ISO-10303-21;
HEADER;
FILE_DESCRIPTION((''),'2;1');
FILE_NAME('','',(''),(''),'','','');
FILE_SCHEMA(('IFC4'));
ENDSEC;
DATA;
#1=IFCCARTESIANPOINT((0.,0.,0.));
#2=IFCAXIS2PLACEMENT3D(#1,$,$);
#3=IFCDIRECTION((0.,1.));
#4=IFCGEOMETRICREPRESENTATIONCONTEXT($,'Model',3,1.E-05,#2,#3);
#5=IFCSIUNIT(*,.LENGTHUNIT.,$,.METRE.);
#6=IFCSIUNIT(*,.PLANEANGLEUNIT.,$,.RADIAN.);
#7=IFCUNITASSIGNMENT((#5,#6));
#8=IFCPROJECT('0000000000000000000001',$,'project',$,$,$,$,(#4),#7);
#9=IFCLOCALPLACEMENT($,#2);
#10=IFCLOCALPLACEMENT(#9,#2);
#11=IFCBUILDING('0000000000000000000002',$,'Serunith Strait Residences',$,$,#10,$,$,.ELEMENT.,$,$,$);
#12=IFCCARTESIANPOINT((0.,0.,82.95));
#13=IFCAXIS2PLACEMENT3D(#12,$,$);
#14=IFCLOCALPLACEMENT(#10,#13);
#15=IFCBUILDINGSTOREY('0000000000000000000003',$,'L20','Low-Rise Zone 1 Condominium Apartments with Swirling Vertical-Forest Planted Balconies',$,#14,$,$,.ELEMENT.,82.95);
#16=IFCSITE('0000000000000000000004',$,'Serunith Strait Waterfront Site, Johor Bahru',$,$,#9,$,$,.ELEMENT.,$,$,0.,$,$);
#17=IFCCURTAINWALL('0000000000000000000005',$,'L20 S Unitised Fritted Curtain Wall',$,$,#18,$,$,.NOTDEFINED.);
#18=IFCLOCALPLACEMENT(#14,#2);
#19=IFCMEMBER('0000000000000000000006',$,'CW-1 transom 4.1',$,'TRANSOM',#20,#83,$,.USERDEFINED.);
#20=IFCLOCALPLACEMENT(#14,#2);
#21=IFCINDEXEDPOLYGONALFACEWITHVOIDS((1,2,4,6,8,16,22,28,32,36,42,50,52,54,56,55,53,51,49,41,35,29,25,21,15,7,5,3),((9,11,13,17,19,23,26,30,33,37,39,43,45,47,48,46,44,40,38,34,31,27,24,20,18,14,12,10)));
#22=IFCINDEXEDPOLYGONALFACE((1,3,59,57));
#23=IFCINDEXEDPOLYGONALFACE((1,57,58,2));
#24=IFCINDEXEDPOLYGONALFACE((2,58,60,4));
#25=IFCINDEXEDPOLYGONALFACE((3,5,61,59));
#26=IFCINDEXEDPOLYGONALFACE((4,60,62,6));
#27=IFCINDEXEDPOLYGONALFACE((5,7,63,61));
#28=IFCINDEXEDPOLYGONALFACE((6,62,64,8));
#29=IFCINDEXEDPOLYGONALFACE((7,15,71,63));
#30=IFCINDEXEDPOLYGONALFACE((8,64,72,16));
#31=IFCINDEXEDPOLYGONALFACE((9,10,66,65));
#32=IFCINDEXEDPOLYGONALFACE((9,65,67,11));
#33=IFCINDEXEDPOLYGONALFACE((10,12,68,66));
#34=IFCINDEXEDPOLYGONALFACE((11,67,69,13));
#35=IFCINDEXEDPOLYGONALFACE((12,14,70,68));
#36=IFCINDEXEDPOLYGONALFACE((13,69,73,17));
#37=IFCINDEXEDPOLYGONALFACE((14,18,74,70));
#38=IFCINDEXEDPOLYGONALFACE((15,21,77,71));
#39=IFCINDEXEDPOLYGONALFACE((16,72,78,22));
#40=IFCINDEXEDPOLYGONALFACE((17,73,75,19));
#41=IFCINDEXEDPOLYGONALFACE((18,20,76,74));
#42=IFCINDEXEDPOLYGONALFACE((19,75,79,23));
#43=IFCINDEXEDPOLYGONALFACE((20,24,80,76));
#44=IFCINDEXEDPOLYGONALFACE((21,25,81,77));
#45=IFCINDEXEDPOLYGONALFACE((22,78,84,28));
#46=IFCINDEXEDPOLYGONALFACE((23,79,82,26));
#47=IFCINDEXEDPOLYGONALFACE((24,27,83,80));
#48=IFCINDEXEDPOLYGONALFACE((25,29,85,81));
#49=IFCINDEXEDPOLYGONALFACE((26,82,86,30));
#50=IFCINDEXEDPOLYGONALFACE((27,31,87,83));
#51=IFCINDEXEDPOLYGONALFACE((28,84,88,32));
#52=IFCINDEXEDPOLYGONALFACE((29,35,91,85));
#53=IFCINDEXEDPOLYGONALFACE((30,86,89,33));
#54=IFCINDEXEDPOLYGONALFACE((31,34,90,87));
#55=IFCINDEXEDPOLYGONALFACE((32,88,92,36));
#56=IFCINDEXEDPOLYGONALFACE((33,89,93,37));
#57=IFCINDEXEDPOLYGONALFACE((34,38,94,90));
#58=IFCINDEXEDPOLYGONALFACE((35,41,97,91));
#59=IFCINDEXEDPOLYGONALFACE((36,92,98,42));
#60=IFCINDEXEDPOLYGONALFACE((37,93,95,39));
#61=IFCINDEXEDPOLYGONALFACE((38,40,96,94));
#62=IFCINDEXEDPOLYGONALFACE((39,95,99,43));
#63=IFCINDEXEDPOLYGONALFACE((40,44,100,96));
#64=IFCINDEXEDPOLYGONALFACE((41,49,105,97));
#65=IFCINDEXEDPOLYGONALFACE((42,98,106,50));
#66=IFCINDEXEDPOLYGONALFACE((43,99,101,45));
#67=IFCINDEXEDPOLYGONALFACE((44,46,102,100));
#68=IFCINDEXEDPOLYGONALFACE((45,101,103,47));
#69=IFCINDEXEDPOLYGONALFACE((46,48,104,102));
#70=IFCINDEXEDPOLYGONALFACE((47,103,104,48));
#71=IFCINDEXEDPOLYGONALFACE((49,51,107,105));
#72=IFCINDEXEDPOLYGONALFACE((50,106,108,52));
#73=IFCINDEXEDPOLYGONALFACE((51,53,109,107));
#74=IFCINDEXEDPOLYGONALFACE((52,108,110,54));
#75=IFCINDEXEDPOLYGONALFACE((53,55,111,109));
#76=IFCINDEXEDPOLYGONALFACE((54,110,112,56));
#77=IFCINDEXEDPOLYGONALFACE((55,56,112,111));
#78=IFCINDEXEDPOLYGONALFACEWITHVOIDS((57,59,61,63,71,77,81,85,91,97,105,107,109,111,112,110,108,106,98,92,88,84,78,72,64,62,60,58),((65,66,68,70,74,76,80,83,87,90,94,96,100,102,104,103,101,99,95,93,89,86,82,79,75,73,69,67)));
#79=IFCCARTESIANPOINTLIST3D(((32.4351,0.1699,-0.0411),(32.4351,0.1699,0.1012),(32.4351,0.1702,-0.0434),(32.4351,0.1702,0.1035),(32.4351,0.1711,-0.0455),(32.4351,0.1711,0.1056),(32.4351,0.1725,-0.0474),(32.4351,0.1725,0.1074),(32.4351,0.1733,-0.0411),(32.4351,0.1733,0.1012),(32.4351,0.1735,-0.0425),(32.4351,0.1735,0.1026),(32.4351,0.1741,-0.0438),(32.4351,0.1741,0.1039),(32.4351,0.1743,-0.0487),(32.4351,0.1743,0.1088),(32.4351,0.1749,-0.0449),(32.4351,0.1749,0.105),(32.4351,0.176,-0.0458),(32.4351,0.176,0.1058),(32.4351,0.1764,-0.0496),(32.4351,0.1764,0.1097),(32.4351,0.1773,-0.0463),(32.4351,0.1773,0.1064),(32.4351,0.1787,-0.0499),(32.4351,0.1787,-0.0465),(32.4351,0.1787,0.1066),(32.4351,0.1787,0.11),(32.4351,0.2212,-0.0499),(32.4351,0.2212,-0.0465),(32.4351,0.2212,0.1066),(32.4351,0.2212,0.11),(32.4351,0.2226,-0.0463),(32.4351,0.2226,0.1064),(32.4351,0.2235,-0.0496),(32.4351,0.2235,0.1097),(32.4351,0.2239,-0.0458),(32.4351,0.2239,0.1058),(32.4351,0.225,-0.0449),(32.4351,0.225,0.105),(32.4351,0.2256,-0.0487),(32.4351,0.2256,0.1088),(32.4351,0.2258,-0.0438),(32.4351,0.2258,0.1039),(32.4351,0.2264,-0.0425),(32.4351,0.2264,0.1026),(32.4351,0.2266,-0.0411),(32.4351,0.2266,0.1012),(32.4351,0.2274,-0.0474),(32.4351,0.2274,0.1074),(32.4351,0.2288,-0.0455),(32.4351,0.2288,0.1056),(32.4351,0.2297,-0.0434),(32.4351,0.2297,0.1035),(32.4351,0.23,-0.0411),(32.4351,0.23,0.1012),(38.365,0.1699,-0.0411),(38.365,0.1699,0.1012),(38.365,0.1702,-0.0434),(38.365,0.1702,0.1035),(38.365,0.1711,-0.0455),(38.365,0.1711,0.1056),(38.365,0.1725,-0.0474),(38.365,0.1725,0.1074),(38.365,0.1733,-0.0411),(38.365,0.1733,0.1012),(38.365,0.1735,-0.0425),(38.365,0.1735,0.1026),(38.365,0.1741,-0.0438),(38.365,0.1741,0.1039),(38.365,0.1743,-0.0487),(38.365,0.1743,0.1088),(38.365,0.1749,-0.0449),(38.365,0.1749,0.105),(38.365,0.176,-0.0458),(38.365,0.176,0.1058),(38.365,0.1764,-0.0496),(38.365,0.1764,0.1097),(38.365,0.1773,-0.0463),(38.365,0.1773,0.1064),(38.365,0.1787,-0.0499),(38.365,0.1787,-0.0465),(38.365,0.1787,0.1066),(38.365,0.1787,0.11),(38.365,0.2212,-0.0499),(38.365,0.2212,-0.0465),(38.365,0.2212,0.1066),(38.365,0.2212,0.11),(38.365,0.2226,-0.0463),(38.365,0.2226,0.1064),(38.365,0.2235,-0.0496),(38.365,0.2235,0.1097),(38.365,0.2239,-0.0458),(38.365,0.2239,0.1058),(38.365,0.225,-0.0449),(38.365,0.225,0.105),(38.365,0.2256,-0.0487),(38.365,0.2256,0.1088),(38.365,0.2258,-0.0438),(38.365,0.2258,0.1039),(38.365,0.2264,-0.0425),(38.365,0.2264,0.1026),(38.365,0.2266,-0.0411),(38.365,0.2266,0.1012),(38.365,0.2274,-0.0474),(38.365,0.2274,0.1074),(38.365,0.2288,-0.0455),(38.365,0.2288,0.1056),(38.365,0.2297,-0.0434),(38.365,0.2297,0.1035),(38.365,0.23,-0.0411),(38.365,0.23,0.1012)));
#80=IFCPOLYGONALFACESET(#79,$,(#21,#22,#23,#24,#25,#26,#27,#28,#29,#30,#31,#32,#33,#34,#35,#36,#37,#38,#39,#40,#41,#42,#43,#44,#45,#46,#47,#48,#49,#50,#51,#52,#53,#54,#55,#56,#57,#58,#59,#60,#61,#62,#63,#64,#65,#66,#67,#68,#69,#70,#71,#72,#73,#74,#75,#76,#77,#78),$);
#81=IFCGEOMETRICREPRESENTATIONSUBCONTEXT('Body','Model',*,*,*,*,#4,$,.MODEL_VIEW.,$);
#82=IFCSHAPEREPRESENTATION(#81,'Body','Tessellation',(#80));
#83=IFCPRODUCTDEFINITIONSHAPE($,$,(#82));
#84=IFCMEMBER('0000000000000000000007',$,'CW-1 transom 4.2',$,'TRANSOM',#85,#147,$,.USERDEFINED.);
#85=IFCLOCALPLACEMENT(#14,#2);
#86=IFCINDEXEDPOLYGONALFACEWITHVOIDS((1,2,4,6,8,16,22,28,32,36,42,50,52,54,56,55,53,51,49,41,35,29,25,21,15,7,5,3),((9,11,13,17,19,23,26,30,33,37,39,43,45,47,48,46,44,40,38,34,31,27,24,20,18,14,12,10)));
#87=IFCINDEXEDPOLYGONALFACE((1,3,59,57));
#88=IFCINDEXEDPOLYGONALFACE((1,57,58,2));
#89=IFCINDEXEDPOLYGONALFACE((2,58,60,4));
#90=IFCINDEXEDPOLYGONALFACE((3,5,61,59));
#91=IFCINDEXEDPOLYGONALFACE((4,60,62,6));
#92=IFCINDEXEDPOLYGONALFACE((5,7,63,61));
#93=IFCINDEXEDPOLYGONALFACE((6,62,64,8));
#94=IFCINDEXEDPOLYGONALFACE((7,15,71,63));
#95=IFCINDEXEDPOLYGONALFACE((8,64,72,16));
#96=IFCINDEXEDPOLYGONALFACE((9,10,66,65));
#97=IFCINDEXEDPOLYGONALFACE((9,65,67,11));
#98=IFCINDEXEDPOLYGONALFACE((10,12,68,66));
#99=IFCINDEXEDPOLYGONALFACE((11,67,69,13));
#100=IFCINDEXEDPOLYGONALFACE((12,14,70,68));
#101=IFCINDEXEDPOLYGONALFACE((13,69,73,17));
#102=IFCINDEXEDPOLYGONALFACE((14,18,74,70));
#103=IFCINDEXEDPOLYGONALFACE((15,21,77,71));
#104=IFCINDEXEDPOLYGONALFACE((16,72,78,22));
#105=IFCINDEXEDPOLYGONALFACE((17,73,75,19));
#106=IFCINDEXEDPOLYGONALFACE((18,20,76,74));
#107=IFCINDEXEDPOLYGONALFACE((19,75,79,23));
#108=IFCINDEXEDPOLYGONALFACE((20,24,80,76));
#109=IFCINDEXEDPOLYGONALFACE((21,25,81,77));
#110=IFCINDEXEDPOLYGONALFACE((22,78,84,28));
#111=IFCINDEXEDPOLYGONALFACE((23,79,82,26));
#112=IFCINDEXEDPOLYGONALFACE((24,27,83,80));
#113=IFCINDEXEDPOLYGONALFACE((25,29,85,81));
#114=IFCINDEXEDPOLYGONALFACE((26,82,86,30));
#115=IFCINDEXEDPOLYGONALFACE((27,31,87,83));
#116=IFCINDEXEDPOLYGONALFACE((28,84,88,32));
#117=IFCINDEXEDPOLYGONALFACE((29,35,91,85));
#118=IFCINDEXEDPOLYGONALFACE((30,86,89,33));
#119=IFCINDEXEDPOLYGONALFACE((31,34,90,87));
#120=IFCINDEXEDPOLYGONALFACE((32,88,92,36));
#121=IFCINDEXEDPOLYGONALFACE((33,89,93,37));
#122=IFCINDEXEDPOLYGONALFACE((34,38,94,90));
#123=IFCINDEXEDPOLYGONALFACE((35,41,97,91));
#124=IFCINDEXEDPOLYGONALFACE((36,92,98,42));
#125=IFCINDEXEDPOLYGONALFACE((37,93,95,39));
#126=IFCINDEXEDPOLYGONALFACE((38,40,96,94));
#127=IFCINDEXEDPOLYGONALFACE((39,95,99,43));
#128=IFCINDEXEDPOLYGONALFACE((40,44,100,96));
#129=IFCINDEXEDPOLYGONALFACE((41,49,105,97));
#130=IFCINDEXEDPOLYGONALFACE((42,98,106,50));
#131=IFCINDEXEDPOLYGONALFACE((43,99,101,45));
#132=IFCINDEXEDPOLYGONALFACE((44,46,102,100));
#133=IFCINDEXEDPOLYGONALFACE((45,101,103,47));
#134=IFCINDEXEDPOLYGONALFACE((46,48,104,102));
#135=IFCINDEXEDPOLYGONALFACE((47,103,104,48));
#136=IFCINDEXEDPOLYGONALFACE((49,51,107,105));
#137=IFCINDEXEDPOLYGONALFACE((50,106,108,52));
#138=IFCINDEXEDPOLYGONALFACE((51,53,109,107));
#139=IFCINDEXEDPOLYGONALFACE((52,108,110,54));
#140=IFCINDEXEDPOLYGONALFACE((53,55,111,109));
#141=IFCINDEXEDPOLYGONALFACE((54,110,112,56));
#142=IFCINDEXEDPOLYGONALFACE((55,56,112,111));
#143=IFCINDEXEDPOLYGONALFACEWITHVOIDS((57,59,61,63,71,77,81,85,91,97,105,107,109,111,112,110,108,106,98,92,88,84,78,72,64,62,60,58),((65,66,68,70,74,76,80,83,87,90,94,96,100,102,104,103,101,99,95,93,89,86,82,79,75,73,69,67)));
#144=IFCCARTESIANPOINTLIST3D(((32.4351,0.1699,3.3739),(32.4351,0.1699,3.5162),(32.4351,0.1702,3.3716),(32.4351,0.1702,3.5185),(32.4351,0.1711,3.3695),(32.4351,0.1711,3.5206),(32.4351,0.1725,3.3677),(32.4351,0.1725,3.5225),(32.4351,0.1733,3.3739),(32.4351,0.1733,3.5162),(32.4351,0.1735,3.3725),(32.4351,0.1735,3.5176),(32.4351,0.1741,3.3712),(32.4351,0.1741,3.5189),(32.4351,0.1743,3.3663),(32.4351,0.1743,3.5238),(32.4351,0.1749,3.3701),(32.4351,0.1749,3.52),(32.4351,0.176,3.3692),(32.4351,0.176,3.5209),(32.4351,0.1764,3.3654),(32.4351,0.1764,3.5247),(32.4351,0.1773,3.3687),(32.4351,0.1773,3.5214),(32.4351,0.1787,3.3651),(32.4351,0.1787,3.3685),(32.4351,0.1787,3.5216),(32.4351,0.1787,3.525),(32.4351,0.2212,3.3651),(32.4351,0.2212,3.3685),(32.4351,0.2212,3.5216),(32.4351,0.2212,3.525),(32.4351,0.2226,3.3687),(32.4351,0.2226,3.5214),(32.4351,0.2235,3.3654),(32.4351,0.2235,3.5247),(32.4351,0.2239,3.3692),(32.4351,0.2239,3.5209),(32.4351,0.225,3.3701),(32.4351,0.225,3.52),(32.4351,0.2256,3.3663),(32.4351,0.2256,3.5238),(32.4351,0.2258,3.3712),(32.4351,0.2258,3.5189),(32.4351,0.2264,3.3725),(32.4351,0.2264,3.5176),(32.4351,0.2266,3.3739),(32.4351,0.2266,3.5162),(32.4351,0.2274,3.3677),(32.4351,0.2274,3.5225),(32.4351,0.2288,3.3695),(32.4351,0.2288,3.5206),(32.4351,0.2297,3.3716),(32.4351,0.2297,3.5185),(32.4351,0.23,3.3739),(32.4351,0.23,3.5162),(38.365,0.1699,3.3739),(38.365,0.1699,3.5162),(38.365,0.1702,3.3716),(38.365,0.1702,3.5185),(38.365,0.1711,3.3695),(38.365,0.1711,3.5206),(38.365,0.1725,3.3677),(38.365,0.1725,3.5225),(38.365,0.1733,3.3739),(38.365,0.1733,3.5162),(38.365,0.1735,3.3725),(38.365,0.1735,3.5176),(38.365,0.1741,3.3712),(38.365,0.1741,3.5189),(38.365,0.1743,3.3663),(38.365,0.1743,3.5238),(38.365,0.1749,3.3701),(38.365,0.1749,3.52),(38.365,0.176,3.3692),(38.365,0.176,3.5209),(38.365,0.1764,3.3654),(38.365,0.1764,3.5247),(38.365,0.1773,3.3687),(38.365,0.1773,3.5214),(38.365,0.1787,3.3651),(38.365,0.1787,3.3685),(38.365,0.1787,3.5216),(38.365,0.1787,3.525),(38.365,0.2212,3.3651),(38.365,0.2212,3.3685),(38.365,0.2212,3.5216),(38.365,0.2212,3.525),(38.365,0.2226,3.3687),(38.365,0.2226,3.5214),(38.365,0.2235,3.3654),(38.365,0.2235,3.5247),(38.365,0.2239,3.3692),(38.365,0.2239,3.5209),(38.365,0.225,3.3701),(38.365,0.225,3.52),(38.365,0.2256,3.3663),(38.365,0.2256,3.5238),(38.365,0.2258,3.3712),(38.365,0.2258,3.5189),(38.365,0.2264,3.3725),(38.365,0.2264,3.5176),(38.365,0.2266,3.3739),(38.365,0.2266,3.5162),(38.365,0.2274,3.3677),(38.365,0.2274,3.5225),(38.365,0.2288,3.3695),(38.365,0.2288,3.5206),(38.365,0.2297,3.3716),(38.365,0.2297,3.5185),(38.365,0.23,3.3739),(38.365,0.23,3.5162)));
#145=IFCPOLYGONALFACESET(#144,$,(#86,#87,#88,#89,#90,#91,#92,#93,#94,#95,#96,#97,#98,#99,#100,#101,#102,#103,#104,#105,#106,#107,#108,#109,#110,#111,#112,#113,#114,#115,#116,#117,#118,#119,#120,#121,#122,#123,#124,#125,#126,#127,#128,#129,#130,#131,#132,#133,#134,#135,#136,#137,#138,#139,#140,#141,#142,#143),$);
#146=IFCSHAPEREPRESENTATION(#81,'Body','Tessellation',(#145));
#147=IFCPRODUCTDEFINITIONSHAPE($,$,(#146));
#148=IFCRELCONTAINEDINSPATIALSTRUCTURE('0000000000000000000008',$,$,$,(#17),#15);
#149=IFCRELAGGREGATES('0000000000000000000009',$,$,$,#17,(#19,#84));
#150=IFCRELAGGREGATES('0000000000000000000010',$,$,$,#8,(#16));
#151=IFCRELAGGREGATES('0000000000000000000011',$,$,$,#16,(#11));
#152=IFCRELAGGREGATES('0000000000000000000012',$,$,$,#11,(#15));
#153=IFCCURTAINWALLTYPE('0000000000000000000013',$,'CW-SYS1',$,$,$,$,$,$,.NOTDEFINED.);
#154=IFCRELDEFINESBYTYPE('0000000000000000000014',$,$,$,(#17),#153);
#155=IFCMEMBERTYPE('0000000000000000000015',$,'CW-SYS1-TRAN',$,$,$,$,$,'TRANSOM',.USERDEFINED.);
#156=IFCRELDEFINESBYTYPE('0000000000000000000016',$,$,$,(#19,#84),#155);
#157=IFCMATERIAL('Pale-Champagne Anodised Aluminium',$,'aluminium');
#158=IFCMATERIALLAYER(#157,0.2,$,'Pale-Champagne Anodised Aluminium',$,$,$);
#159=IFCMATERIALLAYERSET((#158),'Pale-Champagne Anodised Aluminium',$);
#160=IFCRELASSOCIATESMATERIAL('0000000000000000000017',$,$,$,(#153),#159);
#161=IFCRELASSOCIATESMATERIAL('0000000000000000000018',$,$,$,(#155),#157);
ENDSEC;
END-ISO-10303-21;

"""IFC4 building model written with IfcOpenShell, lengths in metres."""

from ifc_helpers import new_model, si_unit, direction, frame, origin, origin_2d, place, context, subcontext, project, spatial, hollow_rectangle, extrude, source, transform, mapped, material, layer, layer_set, material_profile, profile_set, type_object, element, aggregate, save


model = new_model("IFC4")

# Units and contexts
model_context = context("Model", 3, precision=1e-05, world=origin(), true_north=direction((0.0, 1.0)))
body_context = subcontext(model_context, "Body", "Model", "MODEL_VIEW")
ifc_project = project(units=[si_unit("LENGTHUNIT", "METRE"), si_unit("PLANEANGLEUNIT", "RADIAN")], contexts=[model_context])

# Site, building, storey
site_placement = place(None, origin())
site = spatial("IfcSite", under=ifc_project, at=site_placement, Name="Serunith Strait Waterfront Site, Johor Bahru", CompositionType="ELEMENT", RefElevation=0.0)
building_placement = place(site_placement, origin())
building = spatial("IfcBuilding", under=site, at=building_placement, Name="Serunith Strait Residences", CompositionType="ELEMENT")
storey_placement = place(building_placement, frame((0.0, 0.0, 82.95)))
storey = spatial("IfcBuildingStorey", under=building, at=storey_placement, Name="L20", Description="Low-Rise Zone 1 Condominium Apartments with Swirling Vertical-Forest Planted Balconies", CompositionType="ELEMENT", Elevation=82.95)

# Curtain wall, members
ifc_material_1 = material(Name="Pale-Champagne Anodised Aluminium", Category="aluminium")
ifc_layer_1 = layer(ifc_material_1, 0.2, Name="Pale-Champagne Anodised Aluminium")
ifc_layer_set_1 = layer_set([ifc_layer_1], Name="Pale-Champagne Anodised Aluminium")
curtain_wall_type = type_object("IfcCurtainWallType", Name="CW-SYS1", PredefinedType="NOTDEFINED", material=ifc_layer_set_1)
curtain_wall_placement = place(storey_placement, origin())
curtain_wall = element("IfcCurtainWall", 1, at=curtain_wall_placement, inside=storey, type_object=curtain_wall_type, Name="L20 S Unitised Fritted Curtain Wall", PredefinedType="NOTDEFINED")
ifc_material_profile_1 = material_profile(ifc_material_1, hollow_rectangle(XDim=0.0601, YDim=0.1599, WallThickness=0.0034, InnerFilletRadius=0.0054, OuterFilletRadius=0.0088, at=origin_2d()), Name="ALU 160x60x3.5")
ifc_profile_set_1 = profile_set([ifc_material_profile_1], Name="Pale-Champagne Anodised Aluminium")
member_type_1 = type_object("IfcMemberType", Name="CW-SYS1-TRAN", ElementType="TRANSOM", PredefinedType="USERDEFINED", material=ifc_profile_set_1)
shared_shape_1 = source(origin(), body_context, "Body", "SweptSolid", [
    extrude(hollow_rectangle(XDim=0.0601, YDim=0.1599, WallThickness=0.0034, InnerFilletRadius=0.0054, OuterFilletRadius=0.0088, at=origin_2d()), origin(), (0.0, 0.0, 1.0), 5.9299),
])
member_1_placement = place(storey_placement, frame((32.4351, 0.2, 0.03), z_axis=(1.0, 0.0, 0.0), x_axis=(0.0, 1.0, 0.0)))
member_1 = element("IfcMember", 2, at=member_1_placement, type_object=member_type_1, Name="CW-1 transom 4.1", ObjectType="TRANSOM", PredefinedType="USERDEFINED", context=body_context, shape_type="MappedRepresentation", body=[
    mapped(shared_shape_1, transform((0.0, 0.0, 0.0), scale=1.0)),
])
member_2_placement = place(storey_placement, frame((32.4351, 0.2, 3.4451), z_axis=(1.0, 0.0, 0.0), x_axis=(0.0, 1.0, 0.0)))
member_2 = element("IfcMember", 3, at=member_2_placement, type_object=member_type_1, Name="CW-1 transom 4.2", ObjectType="TRANSOM", PredefinedType="USERDEFINED", context=body_context, shape_type="MappedRepresentation", body=[
    mapped(shared_shape_1, transform((0.0, 0.0, 0.0), scale=1.0)),
])
aggregate(curtain_wall, [member_1, member_2])

save(model, "model.ifc")
